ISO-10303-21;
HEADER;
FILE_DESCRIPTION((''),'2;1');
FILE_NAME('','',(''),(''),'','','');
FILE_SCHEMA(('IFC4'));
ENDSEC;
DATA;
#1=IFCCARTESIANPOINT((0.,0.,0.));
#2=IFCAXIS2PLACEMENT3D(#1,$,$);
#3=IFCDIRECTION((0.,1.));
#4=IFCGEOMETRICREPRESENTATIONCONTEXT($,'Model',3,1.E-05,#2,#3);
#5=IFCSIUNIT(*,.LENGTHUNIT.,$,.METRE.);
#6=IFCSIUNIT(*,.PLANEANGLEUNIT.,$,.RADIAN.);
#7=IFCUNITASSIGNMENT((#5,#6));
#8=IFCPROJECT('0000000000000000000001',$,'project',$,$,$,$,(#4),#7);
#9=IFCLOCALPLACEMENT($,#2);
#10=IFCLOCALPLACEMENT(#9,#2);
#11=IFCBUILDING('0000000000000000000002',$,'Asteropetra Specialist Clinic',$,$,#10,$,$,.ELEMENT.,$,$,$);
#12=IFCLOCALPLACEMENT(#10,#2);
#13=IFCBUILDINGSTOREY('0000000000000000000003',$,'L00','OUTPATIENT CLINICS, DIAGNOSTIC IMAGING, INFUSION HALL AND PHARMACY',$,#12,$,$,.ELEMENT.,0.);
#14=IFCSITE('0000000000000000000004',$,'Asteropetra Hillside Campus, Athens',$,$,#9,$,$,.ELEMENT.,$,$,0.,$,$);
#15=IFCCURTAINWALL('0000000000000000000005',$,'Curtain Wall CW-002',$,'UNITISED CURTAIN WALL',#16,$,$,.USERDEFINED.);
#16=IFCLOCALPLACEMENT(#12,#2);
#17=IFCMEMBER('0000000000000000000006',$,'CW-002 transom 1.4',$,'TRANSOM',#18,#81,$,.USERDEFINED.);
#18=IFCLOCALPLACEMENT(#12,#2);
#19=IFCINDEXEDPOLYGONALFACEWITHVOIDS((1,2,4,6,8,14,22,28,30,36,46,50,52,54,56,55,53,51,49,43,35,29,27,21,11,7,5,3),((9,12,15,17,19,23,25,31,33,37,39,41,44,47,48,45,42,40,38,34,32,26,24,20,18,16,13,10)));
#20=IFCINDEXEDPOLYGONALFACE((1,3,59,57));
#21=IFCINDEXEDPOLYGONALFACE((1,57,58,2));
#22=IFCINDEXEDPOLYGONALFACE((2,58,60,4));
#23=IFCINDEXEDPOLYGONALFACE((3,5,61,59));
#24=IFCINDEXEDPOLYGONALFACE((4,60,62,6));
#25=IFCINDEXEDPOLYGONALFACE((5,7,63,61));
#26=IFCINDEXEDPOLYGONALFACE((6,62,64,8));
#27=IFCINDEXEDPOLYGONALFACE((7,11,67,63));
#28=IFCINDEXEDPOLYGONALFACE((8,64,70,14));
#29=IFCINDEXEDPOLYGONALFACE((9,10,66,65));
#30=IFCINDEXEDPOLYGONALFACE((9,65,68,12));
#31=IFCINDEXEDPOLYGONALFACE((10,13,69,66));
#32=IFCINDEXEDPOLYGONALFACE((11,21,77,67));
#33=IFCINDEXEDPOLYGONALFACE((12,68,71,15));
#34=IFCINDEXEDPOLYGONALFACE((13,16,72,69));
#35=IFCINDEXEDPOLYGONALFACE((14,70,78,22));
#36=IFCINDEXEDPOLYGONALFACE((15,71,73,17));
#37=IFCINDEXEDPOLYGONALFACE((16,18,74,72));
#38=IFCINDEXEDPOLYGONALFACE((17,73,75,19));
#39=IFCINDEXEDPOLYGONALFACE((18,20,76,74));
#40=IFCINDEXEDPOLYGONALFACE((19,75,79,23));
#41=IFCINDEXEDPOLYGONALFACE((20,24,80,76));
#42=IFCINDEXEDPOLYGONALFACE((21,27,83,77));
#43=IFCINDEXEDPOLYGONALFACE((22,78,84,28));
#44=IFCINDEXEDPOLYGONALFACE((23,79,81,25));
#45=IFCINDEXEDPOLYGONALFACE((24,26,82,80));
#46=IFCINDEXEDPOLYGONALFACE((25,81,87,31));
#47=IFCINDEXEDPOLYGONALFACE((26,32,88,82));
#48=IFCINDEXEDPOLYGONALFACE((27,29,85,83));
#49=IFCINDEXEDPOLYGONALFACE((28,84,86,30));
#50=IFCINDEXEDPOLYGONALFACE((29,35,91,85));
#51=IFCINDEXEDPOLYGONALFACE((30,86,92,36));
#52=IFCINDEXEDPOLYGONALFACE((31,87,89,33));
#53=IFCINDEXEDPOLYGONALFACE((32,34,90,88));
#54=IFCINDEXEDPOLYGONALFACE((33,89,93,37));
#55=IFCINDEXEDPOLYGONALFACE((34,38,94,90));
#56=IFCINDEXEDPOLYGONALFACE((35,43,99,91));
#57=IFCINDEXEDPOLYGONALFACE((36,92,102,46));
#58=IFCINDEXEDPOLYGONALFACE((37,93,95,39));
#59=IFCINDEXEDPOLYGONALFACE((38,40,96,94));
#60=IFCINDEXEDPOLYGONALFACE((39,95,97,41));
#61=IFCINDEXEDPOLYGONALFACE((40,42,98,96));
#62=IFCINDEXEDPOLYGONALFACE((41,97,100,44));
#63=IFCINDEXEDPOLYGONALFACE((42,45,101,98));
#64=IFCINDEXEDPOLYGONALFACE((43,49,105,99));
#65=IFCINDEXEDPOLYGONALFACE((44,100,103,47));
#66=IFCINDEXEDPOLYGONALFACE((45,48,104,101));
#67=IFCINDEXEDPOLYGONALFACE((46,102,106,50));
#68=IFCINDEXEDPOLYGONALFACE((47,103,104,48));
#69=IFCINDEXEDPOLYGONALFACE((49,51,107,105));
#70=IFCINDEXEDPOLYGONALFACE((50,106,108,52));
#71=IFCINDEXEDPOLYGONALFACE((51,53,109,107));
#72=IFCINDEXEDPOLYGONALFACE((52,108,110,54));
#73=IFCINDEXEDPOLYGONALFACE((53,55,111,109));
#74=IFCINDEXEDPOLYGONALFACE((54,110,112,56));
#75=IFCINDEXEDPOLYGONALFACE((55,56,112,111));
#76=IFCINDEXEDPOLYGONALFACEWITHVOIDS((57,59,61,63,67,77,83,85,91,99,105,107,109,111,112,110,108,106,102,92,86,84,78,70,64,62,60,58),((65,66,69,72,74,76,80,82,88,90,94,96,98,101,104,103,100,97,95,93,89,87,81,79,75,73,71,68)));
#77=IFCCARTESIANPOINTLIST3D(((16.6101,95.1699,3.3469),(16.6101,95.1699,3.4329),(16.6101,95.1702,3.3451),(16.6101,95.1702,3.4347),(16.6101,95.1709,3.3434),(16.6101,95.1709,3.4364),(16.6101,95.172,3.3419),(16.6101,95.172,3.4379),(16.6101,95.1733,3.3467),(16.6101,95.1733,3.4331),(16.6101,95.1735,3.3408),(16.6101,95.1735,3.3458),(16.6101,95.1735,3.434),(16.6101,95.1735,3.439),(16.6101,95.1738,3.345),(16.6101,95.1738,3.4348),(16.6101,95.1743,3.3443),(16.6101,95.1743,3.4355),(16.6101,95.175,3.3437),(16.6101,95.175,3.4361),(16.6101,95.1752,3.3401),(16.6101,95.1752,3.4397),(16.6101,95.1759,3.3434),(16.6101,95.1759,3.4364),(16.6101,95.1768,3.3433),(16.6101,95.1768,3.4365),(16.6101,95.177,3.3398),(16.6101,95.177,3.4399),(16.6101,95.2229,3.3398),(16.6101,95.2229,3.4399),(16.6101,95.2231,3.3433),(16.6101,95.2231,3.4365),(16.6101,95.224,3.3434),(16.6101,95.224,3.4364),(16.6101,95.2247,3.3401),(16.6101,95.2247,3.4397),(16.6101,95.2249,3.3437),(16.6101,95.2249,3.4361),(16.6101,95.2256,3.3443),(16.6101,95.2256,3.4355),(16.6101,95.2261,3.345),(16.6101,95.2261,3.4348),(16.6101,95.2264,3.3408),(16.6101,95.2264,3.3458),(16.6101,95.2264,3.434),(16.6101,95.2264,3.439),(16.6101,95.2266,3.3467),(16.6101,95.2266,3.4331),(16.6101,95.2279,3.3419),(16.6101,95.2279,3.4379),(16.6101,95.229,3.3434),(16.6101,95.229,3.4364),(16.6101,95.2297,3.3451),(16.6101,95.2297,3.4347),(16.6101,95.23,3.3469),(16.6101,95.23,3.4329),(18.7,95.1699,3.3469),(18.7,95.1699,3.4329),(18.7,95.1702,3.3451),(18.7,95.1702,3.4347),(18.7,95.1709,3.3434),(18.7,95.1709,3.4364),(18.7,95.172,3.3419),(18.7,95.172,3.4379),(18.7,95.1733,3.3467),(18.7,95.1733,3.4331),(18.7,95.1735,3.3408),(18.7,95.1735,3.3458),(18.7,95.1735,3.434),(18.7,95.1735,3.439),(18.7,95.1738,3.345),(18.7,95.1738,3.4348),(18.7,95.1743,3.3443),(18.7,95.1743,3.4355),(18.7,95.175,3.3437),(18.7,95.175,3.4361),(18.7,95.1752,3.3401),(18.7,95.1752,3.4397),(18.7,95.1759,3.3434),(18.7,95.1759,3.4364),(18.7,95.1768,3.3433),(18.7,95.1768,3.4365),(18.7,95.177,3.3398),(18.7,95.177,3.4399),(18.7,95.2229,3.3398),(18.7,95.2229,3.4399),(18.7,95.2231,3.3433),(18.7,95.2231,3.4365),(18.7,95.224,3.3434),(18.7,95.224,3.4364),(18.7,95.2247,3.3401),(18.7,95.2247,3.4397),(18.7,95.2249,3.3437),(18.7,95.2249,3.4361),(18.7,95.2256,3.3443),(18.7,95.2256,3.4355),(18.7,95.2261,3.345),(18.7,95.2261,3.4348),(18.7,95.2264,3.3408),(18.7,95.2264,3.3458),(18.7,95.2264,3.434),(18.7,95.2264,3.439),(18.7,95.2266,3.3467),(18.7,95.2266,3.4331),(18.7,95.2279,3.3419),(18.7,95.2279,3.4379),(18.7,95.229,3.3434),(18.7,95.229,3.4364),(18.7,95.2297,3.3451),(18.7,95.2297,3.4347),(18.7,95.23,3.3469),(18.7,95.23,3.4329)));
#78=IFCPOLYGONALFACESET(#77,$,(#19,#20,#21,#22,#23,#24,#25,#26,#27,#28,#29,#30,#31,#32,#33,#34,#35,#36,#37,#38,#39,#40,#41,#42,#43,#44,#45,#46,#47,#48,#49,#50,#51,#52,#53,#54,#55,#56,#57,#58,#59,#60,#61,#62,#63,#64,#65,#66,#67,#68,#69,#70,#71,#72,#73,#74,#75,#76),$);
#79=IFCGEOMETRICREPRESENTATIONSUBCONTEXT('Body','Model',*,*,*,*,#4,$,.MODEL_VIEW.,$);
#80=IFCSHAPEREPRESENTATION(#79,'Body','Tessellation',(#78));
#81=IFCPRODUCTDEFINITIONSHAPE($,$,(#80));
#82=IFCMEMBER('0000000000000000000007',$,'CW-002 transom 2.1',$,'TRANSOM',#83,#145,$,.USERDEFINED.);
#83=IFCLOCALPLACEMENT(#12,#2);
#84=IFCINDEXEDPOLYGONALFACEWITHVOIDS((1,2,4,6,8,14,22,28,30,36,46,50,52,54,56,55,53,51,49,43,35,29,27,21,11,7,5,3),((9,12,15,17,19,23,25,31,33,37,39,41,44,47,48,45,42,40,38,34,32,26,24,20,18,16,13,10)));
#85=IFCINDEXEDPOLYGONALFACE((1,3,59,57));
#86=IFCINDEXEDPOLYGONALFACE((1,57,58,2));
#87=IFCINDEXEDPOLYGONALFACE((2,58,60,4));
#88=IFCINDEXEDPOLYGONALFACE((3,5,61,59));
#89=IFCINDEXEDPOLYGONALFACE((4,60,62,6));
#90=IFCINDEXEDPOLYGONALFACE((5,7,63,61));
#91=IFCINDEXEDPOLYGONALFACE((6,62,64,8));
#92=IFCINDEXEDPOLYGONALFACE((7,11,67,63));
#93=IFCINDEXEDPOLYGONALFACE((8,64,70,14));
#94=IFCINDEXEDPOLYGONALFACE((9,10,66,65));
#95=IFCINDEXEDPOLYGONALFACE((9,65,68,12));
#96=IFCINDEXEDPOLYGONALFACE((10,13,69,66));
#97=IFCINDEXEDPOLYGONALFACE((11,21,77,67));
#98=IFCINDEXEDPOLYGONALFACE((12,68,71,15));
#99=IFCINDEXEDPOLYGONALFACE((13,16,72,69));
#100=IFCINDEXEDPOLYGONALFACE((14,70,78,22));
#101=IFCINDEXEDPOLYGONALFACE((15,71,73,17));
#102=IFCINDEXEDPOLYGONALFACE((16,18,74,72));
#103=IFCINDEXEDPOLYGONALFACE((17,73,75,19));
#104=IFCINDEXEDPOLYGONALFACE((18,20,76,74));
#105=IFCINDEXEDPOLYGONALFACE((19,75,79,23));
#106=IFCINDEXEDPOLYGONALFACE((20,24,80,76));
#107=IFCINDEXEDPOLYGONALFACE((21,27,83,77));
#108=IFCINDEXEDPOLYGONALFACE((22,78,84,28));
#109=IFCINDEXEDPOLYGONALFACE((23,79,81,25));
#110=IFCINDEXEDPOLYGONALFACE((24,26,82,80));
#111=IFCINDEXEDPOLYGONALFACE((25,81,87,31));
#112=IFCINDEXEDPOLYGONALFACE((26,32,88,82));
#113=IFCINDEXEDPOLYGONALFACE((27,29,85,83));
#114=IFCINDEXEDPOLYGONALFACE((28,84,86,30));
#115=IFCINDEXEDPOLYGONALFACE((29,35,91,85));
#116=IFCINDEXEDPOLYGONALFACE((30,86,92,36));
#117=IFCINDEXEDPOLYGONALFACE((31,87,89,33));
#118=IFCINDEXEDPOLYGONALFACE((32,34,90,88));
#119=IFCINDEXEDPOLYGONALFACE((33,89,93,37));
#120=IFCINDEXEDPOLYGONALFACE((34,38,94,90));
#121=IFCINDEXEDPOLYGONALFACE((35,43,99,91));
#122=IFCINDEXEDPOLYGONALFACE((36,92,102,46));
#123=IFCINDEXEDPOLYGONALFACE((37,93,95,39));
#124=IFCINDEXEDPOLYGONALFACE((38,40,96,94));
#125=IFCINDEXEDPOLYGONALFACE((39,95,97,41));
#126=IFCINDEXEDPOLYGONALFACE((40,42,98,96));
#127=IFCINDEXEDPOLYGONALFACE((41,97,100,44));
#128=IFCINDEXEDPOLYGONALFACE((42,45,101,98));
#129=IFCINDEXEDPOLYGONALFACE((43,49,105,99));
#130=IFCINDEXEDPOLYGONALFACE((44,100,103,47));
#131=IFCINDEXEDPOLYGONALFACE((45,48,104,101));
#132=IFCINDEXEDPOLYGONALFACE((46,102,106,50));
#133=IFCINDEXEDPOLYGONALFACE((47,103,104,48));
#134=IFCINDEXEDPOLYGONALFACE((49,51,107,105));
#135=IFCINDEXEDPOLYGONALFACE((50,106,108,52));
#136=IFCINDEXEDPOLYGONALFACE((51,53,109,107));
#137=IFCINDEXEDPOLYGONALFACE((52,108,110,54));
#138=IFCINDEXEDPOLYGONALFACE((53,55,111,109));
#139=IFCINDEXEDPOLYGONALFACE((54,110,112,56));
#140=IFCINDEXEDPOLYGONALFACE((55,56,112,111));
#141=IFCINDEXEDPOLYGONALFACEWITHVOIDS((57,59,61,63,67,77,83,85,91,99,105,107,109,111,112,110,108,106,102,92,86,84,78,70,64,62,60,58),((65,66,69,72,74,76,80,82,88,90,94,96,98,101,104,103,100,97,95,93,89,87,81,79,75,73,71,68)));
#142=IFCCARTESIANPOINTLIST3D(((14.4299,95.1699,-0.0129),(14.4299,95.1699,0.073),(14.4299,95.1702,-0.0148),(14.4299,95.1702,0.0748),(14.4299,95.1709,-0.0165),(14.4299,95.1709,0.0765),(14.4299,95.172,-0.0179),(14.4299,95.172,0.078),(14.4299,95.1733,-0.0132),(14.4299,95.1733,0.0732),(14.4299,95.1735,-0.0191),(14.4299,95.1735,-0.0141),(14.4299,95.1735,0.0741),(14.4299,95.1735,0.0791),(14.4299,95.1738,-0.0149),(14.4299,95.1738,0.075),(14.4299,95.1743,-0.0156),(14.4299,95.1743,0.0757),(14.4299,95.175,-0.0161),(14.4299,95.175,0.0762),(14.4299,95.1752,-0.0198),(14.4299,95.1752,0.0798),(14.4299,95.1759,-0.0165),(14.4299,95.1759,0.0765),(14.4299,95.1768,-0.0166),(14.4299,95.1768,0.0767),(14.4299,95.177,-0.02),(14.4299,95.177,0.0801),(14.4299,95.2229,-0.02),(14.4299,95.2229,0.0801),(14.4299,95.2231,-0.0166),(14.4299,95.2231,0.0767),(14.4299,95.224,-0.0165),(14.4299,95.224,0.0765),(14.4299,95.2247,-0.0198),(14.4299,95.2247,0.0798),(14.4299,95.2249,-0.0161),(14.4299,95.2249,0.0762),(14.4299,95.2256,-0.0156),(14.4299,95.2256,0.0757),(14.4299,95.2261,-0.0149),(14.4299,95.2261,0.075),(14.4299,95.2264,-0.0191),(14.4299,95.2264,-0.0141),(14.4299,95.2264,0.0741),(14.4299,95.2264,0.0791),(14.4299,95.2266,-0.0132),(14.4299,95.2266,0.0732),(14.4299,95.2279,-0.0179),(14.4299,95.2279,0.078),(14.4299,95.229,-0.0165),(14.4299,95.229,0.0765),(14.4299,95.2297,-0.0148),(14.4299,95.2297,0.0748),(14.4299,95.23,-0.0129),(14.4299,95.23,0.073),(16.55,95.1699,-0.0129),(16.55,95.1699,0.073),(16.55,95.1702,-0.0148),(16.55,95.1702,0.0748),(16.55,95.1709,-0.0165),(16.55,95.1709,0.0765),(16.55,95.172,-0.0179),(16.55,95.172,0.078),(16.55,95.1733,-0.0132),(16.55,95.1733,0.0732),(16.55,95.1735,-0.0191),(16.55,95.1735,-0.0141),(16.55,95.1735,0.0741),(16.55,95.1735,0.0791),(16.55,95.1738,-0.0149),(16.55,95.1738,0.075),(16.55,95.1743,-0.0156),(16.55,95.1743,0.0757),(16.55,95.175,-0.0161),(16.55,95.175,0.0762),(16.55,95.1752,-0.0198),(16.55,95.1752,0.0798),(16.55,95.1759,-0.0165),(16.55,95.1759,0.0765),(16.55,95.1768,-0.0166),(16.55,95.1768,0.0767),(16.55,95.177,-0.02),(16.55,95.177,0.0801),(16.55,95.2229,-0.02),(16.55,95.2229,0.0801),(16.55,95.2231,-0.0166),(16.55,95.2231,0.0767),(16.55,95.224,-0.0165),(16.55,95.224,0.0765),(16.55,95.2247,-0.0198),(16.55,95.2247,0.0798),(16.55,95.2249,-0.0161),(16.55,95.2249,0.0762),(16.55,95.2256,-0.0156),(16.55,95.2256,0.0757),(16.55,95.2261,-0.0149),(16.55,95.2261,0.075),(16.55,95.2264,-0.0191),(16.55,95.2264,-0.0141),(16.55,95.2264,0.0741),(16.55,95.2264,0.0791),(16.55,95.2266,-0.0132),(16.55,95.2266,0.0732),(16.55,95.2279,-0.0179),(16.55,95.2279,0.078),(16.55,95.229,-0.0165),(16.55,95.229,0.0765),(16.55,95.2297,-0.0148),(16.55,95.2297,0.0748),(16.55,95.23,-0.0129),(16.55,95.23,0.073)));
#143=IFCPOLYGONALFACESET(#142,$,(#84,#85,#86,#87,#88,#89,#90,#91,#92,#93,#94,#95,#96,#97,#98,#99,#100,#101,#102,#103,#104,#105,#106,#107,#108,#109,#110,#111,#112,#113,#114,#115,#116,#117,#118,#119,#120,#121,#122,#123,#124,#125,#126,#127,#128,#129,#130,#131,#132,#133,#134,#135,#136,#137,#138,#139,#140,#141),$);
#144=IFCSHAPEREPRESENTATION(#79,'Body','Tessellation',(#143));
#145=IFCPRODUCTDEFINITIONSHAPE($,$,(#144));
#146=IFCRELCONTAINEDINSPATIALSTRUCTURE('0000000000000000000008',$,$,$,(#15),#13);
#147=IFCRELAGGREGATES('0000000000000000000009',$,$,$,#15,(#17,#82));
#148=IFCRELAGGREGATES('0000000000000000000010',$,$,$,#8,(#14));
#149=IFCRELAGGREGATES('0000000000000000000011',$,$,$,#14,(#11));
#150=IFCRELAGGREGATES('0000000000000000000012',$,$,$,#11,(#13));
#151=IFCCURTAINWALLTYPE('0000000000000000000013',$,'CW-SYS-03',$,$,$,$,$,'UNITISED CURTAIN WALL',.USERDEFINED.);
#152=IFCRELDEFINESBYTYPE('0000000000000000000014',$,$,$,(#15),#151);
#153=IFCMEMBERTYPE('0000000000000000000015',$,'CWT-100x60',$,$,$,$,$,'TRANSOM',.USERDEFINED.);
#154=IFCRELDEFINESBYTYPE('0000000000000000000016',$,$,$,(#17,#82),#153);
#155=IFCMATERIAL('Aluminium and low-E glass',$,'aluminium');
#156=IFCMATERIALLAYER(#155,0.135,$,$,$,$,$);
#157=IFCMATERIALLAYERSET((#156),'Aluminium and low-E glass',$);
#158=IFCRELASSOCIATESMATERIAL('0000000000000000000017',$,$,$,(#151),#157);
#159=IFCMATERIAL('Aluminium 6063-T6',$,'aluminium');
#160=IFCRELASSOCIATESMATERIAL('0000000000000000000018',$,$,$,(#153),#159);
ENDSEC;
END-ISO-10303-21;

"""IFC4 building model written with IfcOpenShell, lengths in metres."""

from ifc_helpers import new_model, si_unit, direction, frame, origin, origin_2d, place, context, subcontext, project, spatial, hollow_rectangle, extrude, material, layer, layer_set, material_profile, profile_set, type_object, element, aggregate, save


model = new_model("IFC4")

# Units and contexts
model_context = context("Model", 3, precision=1e-05, world=origin(), true_north=direction((0.0, 1.0)))
body_context = subcontext(model_context, "Body", "Model", "MODEL_VIEW")
ifc_project = project(units=[si_unit("LENGTHUNIT", "METRE"), si_unit("PLANEANGLEUNIT", "RADIAN")], contexts=[model_context])

# Site, building, storey
site_placement = place(None, origin())
site = spatial("IfcSite", under=ifc_project, at=site_placement, Name="Asteropetra Hillside Campus, Athens", CompositionType="ELEMENT", RefElevation=0.0)
building_placement = place(site_placement, origin())
building = spatial("IfcBuilding", under=site, at=building_placement, Name="Asteropetra Specialist Clinic", CompositionType="ELEMENT")
storey_placement = place(building_placement, origin())
storey = spatial("IfcBuildingStorey", under=building, at=storey_placement, Name="L00", Description="OUTPATIENT CLINICS, DIAGNOSTIC IMAGING, INFUSION HALL AND PHARMACY", CompositionType="ELEMENT", Elevation=0.0)

# Curtain wall
ifc_material_1 = material(Name="Aluminium and low-E glass", Category="aluminium")
ifc_layer_1 = layer(ifc_material_1, 0.135)
ifc_layer_set_1 = layer_set([ifc_layer_1], Name="Aluminium and low-E glass")
curtain_wall_type_1 = type_object("IfcCurtainWallType", Name="CW-SYS-03", ElementType="UNITISED CURTAIN WALL", PredefinedType="USERDEFINED", material=ifc_layer_set_1)
curtain_wall_1_placement = place(storey_placement, origin())
curtain_wall_1 = element("IfcCurtainWall", 1, at=curtain_wall_1_placement, inside=storey, type_object=curtain_wall_type_1, Name="Curtain Wall CW-002", ObjectType="UNITISED CURTAIN WALL", PredefinedType="USERDEFINED")

# Members
ifc_material_2 = material(Name="Aluminium 6063-T6", Category="aluminium")
ifc_material_profile_1 = material_profile(ifc_material_2, hollow_rectangle(XDim=0.0601, YDim=0.1001, WallThickness=0.0034, InnerFilletRadius=0.0034, OuterFilletRadius=0.0071, at=origin_2d()), Name="TRN 100x60x3.5")
ifc_profile_set_1 = profile_set([ifc_material_profile_1], Name="Aluminium 6063-T6")
member_type_1 = type_object("IfcMemberType", Name="CWT-100x60", ElementType="TRANSOM", PredefinedType="USERDEFINED", material=ifc_profile_set_1)
member_1_placement = place(storey_placement, frame((18.7, 95.2, 3.3899), z_axis=(-1.0, 0.0, 0.0), x_axis=(0.0, -1.0, 0.0)))
member_1 = element("IfcMember", 2, at=member_1_placement, type_object=member_type_1, Name="CW-002 transom 1.4", ObjectType="TRANSOM", PredefinedType="USERDEFINED", context=body_context, shape_type="SweptSolid", body=[
    extrude(hollow_rectangle(XDim=0.0601, YDim=0.1001, WallThickness=0.0034, InnerFilletRadius=0.0034, OuterFilletRadius=0.0071, at=origin_2d()), origin(), (0.0, 0.0, 1.0), 2.0898),
])
member_2_placement = place(storey_placement, frame((16.55, 95.2, 0.03), z_axis=(-1.0, 0.0, 0.0), x_axis=(0.0, -1.0, 0.0)))
member_2 = element("IfcMember", 3, at=member_2_placement, type_object=member_type_1, Name="CW-002 transom 2.1", ObjectType="TRANSOM", PredefinedType="USERDEFINED", context=body_context, shape_type="SweptSolid", body=[
    extrude(hollow_rectangle(XDim=0.0601, YDim=0.1001, WallThickness=0.0034, InnerFilletRadius=0.0034, OuterFilletRadius=0.0071, at=origin_2d()), origin(), (0.0, 0.0, 1.0), 2.1201),
])

aggregate(curtain_wall_1, [member_1, member_2])

save(model, "model.ifc")
